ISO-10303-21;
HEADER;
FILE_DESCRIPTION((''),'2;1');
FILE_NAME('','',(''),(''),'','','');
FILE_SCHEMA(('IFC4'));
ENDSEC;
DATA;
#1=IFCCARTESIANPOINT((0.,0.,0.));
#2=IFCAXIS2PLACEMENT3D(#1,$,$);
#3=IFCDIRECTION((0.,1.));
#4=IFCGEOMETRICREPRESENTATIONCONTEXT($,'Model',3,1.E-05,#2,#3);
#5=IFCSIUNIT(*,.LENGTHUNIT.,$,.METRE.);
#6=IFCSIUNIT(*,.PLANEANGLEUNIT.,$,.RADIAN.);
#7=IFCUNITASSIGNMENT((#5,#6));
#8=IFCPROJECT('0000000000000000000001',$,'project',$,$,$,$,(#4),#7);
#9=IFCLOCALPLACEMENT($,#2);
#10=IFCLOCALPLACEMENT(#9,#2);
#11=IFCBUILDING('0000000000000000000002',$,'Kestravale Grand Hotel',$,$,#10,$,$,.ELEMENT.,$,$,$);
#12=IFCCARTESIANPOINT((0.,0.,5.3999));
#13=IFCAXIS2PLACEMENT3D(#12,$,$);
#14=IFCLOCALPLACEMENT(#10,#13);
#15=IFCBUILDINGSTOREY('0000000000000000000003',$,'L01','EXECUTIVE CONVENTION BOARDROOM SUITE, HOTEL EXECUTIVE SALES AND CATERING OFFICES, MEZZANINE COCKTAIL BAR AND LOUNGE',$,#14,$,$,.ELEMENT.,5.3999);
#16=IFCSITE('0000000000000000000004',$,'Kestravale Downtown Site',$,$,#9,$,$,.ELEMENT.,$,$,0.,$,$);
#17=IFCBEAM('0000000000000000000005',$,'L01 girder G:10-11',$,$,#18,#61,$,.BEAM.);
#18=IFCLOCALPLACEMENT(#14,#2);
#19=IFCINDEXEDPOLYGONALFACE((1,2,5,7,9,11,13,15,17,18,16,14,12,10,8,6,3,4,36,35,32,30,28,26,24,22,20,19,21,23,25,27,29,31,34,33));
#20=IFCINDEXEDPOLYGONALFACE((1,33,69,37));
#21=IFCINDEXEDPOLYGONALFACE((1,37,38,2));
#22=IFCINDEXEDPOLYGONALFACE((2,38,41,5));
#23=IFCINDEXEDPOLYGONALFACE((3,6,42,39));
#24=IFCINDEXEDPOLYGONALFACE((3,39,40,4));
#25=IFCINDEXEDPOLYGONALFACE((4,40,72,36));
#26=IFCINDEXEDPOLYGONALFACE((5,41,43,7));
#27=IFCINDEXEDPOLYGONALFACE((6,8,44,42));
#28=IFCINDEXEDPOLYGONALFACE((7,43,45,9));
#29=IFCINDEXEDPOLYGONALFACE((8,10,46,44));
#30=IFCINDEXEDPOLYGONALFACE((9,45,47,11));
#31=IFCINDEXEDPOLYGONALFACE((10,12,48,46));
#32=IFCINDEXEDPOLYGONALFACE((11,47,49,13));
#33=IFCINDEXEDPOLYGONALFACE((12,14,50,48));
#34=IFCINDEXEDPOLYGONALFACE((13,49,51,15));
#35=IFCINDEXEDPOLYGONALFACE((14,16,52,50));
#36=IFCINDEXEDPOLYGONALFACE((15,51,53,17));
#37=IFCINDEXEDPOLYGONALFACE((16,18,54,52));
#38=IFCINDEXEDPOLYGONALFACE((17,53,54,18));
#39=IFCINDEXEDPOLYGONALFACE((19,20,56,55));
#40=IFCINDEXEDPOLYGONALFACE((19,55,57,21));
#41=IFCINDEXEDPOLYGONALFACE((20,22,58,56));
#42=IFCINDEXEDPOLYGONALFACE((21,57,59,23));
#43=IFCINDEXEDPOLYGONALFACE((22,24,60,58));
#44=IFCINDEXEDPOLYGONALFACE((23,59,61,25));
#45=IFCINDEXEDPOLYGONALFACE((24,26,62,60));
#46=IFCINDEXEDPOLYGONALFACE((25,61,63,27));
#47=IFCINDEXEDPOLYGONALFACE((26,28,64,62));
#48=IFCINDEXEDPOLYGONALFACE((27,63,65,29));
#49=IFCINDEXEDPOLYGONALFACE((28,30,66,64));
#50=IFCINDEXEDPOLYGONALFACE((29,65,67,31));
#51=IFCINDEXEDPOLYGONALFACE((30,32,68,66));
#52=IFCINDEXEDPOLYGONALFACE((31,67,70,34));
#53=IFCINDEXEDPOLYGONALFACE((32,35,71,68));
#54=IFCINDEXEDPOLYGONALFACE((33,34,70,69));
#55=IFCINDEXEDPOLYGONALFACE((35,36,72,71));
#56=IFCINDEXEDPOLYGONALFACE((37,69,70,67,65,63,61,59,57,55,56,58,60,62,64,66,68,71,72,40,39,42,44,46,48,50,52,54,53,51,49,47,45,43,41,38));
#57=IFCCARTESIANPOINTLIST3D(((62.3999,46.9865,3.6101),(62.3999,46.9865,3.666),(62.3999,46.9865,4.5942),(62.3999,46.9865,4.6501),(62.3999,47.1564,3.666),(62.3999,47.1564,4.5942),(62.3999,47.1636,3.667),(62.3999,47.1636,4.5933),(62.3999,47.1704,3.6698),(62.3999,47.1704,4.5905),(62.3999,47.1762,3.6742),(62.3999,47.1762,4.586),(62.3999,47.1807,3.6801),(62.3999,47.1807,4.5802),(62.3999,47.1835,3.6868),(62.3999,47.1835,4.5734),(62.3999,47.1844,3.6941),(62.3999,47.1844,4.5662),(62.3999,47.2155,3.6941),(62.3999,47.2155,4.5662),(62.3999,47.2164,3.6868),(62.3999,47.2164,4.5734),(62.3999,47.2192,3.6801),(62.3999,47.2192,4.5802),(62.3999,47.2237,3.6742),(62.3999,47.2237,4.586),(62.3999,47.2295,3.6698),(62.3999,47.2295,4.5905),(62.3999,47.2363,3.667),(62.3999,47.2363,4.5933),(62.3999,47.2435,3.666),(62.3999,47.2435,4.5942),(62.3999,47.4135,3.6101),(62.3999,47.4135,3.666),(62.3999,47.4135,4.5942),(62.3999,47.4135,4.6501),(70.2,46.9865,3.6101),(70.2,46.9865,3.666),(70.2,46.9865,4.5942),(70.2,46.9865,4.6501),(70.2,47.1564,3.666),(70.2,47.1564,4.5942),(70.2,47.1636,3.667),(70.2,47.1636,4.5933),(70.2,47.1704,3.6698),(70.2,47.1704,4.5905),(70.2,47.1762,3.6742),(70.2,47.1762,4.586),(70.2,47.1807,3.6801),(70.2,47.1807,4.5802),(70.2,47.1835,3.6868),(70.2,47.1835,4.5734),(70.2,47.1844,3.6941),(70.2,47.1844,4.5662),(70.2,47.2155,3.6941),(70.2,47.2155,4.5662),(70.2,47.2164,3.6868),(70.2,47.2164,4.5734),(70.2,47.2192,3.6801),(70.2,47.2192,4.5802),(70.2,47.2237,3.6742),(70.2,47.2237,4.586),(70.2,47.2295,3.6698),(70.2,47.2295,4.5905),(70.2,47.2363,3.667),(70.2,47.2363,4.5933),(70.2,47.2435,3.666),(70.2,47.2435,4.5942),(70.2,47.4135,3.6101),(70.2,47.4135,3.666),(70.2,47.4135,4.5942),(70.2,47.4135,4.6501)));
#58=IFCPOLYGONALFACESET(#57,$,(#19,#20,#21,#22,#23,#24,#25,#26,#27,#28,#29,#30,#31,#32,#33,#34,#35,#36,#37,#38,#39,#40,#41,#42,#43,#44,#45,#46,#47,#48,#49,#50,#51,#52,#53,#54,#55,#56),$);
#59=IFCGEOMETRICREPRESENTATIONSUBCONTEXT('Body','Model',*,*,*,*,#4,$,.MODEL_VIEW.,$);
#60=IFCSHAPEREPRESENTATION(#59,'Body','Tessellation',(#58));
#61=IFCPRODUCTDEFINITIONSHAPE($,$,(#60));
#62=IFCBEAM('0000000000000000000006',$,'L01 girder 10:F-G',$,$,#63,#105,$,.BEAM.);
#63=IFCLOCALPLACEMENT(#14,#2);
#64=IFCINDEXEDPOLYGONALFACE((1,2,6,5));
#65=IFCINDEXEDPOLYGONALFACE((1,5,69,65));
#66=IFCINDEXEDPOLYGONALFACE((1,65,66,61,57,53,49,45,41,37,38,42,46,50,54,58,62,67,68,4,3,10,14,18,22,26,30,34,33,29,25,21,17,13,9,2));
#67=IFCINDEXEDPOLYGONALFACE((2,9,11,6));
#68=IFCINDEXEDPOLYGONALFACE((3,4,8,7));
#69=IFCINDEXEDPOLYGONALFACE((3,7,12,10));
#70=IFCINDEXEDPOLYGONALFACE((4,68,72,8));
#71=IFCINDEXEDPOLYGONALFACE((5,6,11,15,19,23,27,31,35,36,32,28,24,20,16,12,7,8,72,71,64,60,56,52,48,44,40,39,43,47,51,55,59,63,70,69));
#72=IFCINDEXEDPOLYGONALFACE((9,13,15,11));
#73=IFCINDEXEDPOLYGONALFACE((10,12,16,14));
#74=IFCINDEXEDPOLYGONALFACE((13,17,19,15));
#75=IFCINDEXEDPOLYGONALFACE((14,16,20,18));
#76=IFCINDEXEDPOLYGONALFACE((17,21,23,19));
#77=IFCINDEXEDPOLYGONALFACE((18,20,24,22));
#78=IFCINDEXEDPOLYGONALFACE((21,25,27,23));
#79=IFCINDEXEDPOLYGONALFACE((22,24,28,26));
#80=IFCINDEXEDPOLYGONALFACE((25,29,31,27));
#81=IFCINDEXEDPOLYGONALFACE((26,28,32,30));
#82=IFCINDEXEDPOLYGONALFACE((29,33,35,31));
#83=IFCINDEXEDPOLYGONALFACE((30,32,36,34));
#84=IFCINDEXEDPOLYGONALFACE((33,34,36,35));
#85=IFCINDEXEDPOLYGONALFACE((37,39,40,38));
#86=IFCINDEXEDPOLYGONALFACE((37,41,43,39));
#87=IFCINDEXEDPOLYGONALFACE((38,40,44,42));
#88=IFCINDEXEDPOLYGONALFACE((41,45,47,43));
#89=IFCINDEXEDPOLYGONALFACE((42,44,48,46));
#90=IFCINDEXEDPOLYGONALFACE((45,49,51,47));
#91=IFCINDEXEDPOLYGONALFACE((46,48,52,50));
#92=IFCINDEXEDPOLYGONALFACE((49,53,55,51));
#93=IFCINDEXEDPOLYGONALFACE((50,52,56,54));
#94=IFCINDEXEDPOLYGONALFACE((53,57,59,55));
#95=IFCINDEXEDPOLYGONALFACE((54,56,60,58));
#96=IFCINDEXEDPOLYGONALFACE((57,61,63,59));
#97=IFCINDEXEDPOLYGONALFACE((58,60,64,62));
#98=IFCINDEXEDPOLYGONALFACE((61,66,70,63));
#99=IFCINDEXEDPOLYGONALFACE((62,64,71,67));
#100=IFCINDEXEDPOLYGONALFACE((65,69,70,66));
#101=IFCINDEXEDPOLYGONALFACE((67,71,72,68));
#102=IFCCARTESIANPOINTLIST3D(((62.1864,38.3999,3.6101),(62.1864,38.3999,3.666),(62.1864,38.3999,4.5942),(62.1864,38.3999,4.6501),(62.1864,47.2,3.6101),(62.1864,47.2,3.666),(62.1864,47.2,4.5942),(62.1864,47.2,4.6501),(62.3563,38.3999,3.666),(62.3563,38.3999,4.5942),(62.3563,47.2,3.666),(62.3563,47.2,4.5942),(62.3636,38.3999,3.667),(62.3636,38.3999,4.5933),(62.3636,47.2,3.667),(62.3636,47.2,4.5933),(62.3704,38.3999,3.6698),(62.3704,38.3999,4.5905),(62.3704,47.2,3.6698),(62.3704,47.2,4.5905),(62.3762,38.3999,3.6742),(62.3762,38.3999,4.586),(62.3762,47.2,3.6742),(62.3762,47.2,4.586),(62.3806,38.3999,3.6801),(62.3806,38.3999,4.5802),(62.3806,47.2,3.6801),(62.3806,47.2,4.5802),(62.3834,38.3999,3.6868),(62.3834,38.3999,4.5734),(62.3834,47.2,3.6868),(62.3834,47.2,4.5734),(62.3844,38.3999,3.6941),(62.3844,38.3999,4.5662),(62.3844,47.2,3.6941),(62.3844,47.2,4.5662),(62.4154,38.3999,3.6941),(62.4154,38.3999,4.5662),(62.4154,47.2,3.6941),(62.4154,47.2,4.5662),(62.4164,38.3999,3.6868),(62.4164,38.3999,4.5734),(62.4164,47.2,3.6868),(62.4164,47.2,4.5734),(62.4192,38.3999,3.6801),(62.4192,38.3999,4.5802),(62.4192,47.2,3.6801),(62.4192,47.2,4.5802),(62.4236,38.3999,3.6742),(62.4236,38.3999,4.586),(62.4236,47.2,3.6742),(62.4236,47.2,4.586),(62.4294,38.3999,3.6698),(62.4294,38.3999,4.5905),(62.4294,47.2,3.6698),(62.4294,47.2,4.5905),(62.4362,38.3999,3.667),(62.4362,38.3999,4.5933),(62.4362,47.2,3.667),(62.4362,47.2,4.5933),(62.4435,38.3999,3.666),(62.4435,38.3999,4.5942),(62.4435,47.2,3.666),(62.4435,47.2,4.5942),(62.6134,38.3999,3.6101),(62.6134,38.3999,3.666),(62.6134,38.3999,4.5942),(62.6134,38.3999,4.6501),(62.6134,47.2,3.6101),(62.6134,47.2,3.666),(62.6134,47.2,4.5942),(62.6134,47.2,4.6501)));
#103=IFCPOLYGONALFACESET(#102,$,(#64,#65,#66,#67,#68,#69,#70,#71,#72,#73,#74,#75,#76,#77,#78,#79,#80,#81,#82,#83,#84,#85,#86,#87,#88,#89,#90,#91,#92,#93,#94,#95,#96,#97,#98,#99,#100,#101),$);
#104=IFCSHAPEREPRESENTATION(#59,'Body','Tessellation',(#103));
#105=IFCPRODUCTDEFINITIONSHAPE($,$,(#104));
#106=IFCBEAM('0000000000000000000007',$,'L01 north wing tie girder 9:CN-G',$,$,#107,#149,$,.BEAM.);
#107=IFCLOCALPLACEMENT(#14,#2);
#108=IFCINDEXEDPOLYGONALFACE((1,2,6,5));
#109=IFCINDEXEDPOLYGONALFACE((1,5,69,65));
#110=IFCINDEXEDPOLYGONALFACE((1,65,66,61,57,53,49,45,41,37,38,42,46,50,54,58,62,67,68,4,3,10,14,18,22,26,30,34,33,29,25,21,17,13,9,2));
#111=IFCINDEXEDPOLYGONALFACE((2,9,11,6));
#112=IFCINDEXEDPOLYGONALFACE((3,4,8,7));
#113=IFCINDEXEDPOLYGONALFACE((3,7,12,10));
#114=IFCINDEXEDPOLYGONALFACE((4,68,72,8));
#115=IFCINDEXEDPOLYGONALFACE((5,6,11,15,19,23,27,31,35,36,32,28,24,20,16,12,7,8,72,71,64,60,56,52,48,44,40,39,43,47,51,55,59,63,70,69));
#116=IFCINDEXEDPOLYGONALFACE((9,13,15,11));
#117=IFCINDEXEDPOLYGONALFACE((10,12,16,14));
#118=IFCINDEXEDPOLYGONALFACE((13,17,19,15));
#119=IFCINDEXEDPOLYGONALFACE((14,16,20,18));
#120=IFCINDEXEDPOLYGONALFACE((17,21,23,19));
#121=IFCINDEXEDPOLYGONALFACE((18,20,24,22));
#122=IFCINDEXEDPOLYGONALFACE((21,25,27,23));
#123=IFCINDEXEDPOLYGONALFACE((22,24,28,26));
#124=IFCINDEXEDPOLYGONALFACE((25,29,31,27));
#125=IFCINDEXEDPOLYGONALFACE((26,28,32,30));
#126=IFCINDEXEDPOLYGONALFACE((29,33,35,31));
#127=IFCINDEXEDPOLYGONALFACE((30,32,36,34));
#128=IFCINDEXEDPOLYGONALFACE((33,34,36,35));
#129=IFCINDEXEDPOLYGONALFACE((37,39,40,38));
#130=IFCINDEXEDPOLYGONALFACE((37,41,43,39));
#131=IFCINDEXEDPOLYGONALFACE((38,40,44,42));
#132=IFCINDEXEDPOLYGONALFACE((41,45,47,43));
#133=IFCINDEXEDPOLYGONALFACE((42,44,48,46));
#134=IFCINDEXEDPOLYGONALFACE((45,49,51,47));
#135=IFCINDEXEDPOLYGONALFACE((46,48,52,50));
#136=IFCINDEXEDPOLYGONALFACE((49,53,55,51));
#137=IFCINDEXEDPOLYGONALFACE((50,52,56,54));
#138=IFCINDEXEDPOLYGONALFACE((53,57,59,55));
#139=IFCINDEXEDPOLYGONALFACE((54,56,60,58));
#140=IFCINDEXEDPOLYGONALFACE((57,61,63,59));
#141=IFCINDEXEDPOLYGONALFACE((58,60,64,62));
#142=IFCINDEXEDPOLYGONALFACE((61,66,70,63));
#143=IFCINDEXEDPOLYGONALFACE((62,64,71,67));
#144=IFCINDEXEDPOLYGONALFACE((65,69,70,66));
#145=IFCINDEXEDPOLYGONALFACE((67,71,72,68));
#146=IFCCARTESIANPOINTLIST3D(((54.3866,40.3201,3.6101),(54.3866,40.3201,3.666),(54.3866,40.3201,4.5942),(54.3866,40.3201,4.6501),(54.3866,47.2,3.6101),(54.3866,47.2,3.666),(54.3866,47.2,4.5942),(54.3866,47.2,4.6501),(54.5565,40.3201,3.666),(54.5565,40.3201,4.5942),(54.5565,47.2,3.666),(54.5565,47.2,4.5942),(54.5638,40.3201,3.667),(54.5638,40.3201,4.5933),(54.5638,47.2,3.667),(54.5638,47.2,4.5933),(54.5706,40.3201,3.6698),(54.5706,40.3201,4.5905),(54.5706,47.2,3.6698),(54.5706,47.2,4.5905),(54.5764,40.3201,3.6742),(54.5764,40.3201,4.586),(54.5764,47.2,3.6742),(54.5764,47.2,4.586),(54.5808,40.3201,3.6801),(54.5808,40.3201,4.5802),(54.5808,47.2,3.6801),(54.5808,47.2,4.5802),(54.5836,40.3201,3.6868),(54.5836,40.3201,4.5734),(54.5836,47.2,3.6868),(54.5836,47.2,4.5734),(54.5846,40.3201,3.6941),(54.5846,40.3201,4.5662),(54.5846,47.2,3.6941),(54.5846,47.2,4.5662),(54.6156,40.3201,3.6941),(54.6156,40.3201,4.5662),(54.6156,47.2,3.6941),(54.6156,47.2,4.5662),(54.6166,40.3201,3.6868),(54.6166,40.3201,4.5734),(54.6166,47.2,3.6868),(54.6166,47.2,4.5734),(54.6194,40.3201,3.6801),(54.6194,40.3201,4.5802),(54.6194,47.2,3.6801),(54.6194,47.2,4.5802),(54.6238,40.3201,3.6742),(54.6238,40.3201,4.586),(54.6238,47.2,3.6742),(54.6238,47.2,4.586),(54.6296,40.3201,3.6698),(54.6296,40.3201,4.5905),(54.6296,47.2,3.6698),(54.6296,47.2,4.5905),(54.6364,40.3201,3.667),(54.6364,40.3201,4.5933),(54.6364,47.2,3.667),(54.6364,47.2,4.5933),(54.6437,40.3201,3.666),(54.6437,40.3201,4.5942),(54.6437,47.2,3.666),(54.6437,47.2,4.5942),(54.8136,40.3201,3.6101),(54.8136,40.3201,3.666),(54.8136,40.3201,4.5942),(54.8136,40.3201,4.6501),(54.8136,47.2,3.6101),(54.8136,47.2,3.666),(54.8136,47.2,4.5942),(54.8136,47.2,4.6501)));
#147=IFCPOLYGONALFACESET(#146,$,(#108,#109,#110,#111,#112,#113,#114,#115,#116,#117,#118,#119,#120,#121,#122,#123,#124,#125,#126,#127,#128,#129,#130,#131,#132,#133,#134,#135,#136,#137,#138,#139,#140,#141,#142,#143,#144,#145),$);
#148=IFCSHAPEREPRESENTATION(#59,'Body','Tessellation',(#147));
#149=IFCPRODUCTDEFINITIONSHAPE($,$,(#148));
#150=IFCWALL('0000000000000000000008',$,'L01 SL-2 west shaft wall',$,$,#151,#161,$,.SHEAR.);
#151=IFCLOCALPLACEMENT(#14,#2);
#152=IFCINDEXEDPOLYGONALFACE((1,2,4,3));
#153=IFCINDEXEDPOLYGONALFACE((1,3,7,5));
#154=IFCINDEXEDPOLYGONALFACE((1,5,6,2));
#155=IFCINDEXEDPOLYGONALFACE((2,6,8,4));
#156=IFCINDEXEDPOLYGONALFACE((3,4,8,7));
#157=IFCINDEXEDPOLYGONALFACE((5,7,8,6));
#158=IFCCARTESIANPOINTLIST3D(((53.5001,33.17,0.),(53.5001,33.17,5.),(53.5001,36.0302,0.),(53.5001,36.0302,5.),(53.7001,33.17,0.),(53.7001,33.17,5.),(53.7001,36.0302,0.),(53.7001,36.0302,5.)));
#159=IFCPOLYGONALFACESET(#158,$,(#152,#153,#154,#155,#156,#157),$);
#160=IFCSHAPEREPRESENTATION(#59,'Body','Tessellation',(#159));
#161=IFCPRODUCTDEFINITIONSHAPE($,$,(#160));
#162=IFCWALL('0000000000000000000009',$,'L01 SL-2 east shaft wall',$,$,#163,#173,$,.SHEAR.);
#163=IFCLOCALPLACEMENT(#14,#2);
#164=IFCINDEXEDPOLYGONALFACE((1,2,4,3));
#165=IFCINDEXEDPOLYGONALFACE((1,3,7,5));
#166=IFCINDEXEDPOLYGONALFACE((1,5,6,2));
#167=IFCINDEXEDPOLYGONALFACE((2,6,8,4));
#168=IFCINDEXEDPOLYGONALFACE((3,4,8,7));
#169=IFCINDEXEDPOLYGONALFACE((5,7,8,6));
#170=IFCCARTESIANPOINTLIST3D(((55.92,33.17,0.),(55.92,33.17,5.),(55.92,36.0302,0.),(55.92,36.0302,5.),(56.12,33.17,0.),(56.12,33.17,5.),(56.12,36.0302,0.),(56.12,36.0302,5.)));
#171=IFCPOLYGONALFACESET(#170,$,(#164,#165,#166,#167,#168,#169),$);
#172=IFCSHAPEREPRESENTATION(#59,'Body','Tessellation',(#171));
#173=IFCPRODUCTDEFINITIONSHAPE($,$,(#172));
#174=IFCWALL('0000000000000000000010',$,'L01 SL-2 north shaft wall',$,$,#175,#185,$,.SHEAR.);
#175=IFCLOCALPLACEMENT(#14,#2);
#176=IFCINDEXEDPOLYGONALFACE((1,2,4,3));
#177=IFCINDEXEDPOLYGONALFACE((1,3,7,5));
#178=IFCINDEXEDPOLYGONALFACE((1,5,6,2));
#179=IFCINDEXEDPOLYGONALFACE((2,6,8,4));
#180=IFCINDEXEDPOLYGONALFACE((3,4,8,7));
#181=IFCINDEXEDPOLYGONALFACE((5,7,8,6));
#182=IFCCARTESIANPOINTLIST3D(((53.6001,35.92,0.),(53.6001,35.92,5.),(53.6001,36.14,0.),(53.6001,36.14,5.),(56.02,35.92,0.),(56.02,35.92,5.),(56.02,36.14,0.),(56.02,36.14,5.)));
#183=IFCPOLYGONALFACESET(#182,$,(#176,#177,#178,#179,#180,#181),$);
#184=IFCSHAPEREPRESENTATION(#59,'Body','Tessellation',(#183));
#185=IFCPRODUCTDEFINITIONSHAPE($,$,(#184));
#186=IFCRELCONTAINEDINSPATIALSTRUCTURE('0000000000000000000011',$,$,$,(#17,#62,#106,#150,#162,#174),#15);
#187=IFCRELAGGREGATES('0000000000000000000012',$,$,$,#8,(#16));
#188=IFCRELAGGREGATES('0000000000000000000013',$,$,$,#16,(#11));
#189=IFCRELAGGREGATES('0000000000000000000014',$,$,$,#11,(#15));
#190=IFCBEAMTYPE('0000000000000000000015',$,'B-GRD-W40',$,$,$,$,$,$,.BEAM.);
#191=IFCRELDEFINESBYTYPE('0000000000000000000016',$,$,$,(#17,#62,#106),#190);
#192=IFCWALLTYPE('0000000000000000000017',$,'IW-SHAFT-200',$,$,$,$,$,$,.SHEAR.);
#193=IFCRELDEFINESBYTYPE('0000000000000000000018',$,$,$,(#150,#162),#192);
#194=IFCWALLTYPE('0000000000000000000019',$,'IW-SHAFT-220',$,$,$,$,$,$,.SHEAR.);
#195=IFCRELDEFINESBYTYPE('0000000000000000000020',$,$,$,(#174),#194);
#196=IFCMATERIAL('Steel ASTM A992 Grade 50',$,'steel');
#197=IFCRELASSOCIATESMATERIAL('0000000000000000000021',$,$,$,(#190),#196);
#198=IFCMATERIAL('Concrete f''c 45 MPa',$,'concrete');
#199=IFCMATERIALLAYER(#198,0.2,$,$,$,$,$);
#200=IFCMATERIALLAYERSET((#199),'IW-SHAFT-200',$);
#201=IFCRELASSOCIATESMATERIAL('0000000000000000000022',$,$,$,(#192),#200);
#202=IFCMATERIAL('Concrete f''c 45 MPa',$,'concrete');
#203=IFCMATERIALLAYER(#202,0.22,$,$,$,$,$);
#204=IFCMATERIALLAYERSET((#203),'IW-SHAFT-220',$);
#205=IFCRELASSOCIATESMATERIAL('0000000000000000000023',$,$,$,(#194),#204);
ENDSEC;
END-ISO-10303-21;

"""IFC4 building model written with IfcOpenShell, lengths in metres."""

from ifc_helpers import new_model, si_unit, direction, frame, frame_2d, origin, origin_2d, place, context, subcontext, project, spatial, rectangle, i_section, extrude, material, layer, layer_set, material_profile, profile_set, type_object, element, save


model = new_model("IFC4")

# Units and contexts
model_context = context("Model", 3, precision=1e-05, world=origin(), true_north=direction((0.0, 1.0)))
body_context = subcontext(model_context, "Body", "Model", "MODEL_VIEW")
ifc_project = project(units=[si_unit("LENGTHUNIT", "METRE"), si_unit("PLANEANGLEUNIT", "RADIAN")], contexts=[model_context])

# Site, building, storey
site_placement = place(None, origin())
site = spatial("IfcSite", under=ifc_project, at=site_placement, Name="Kestravale Downtown Site", CompositionType="ELEMENT", RefElevation=0.0)
building_placement = place(site_placement, origin())
building = spatial("IfcBuilding", under=site, at=building_placement, Name="Kestravale Grand Hotel", CompositionType="ELEMENT")
storey_placement = place(building_placement, frame((0.0, 0.0, 5.3999)))
storey = spatial("IfcBuildingStorey", under=building, at=storey_placement, Name="L01", Description="EXECUTIVE CONVENTION BOARDROOM SUITE, HOTEL EXECUTIVE SALES AND CATERING OFFICES, MEZZANINE COCKTAIL BAR AND LOUNGE", CompositionType="ELEMENT", Elevation=5.3999)

# Beams
ifc_material_1 = material(Name="Steel ASTM A992 Grade 50", Category="steel")
ifc_material_profile_1 = material_profile(ifc_material_1, i_section(OverallWidth=0.427, OverallDepth=1.04, WebThickness=0.031, FlangeThickness=0.0559, FilletRadius=0.0281, at=origin_2d()))
ifc_profile_set_1 = profile_set([ifc_material_profile_1], Name="Steel ASTM A992 Grade 50")
beam_type_1 = type_object("IfcBeamType", Name="B-GRD-W40", PredefinedType="BEAM", material=ifc_profile_set_1)
beam_1_placement = place(storey_placement, frame((62.3999, 47.2, 4.1301), z_axis=(1.0, 0.0, 0.0), x_axis=(0.0, 1.0, 0.0)))
element("IfcBeam", 1, at=beam_1_placement, inside=storey, type_object=beam_type_1, Name="L01 girder G:10-11", PredefinedType="BEAM", context=body_context, shape_type="SweptSolid", body=[
    extrude(i_section(OverallWidth=0.427, OverallDepth=1.04, WebThickness=0.031, FlangeThickness=0.0559, FilletRadius=0.0281, at=origin_2d()), origin(), (0.0, 0.0, 1.0), 7.8),
])
beam_2_placement = place(storey_placement, frame((62.3999, 38.3999, 4.1301), z_axis=(0.0, 1.0, 0.0), x_axis=(-1.0, 0.0, 0.0)))
element("IfcBeam", 2, at=beam_2_placement, inside=storey, type_object=beam_type_1, Name="L01 girder 10:F-G", PredefinedType="BEAM", context=body_context, shape_type="SweptSolid", body=[
    extrude(i_section(OverallWidth=0.427, OverallDepth=1.04, WebThickness=0.031, FlangeThickness=0.0559, FilletRadius=0.0281, at=origin_2d()), origin(), (0.0, 0.0, 1.0), 8.8),
])
beam_3_placement = place(storey_placement, frame((54.6001, 40.3201, 4.1301), z_axis=(0.0, 1.0, 0.0), x_axis=(-1.0, 0.0, 0.0)))
element("IfcBeam", 3, at=beam_3_placement, inside=storey, type_object=beam_type_1, Name="L01 north wing tie girder 9:CN-G", PredefinedType="BEAM", context=body_context, shape_type="SweptSolid", body=[
    extrude(i_section(OverallWidth=0.427, OverallDepth=1.04, WebThickness=0.031, FlangeThickness=0.0559, FilletRadius=0.0281, at=origin_2d()), origin(), (0.0, 0.0, 1.0), 6.8799),
])

# Walls
ifc_material_2 = material(Name="Concrete f'c 45 MPa", Category="concrete")
ifc_layer_1 = layer(ifc_material_2, 0.2)
ifc_layer_set_1 = layer_set([ifc_layer_1], Name="IW-SHAFT-200")
wall_type_1 = type_object("IfcWallType", Name="IW-SHAFT-200", PredefinedType="SHEAR", material=ifc_layer_set_1)
for number, where, z_axis, x_axis, name in (
    (4, (53.6001, 33.1699, 0.0), (0.0, 0.0, 1.0), (0.0, 1.0, 0.0), "L01 SL-2 west shaft wall"),
    (5, (56.02, 33.1699, 0.0), (0.0, 0.0, 1.0), (0.0, 1.0, 0.0), "L01 SL-2 east shaft wall"),
):
    element("IfcWall", number, at=place(storey_placement, frame(where, z_axis=z_axis, x_axis=x_axis)), inside=storey, type_object=wall_type_1, Name=name, PredefinedType="SHEAR", context=body_context, shape_type="SweptSolid", body=[
        extrude(rectangle(XDim=2.8601, YDim=0.2, at=frame_2d((1.4302, 0.0))), origin(), (0.0, 0.0, 1.0), 5.0),
    ])
ifc_material_3 = material(Name="Concrete f'c 45 MPa", Category="concrete")
ifc_layer_2 = layer(ifc_material_3, 0.22)
ifc_layer_set_2 = layer_set([ifc_layer_2], Name="IW-SHAFT-220")
wall_type_2 = type_object("IfcWallType", Name="IW-SHAFT-220", PredefinedType="SHEAR", material=ifc_layer_set_2)
wall_placement = place(storey_placement, frame((53.6001, 36.03, 0.0), z_axis=(0.0, 0.0, 1.0), x_axis=(1.0, 0.0, 0.0)))
element("IfcWall", 6, at=wall_placement, inside=storey, type_object=wall_type_2, Name="L01 SL-2 north shaft wall", PredefinedType="SHEAR", context=body_context, shape_type="SweptSolid", body=[
    extrude(rectangle(XDim=2.4199, YDim=0.22, at=frame_2d((1.21, 0.0))), origin(), (0.0, 0.0, 1.0), 5.0),
])

save(model, "model.ifc")
